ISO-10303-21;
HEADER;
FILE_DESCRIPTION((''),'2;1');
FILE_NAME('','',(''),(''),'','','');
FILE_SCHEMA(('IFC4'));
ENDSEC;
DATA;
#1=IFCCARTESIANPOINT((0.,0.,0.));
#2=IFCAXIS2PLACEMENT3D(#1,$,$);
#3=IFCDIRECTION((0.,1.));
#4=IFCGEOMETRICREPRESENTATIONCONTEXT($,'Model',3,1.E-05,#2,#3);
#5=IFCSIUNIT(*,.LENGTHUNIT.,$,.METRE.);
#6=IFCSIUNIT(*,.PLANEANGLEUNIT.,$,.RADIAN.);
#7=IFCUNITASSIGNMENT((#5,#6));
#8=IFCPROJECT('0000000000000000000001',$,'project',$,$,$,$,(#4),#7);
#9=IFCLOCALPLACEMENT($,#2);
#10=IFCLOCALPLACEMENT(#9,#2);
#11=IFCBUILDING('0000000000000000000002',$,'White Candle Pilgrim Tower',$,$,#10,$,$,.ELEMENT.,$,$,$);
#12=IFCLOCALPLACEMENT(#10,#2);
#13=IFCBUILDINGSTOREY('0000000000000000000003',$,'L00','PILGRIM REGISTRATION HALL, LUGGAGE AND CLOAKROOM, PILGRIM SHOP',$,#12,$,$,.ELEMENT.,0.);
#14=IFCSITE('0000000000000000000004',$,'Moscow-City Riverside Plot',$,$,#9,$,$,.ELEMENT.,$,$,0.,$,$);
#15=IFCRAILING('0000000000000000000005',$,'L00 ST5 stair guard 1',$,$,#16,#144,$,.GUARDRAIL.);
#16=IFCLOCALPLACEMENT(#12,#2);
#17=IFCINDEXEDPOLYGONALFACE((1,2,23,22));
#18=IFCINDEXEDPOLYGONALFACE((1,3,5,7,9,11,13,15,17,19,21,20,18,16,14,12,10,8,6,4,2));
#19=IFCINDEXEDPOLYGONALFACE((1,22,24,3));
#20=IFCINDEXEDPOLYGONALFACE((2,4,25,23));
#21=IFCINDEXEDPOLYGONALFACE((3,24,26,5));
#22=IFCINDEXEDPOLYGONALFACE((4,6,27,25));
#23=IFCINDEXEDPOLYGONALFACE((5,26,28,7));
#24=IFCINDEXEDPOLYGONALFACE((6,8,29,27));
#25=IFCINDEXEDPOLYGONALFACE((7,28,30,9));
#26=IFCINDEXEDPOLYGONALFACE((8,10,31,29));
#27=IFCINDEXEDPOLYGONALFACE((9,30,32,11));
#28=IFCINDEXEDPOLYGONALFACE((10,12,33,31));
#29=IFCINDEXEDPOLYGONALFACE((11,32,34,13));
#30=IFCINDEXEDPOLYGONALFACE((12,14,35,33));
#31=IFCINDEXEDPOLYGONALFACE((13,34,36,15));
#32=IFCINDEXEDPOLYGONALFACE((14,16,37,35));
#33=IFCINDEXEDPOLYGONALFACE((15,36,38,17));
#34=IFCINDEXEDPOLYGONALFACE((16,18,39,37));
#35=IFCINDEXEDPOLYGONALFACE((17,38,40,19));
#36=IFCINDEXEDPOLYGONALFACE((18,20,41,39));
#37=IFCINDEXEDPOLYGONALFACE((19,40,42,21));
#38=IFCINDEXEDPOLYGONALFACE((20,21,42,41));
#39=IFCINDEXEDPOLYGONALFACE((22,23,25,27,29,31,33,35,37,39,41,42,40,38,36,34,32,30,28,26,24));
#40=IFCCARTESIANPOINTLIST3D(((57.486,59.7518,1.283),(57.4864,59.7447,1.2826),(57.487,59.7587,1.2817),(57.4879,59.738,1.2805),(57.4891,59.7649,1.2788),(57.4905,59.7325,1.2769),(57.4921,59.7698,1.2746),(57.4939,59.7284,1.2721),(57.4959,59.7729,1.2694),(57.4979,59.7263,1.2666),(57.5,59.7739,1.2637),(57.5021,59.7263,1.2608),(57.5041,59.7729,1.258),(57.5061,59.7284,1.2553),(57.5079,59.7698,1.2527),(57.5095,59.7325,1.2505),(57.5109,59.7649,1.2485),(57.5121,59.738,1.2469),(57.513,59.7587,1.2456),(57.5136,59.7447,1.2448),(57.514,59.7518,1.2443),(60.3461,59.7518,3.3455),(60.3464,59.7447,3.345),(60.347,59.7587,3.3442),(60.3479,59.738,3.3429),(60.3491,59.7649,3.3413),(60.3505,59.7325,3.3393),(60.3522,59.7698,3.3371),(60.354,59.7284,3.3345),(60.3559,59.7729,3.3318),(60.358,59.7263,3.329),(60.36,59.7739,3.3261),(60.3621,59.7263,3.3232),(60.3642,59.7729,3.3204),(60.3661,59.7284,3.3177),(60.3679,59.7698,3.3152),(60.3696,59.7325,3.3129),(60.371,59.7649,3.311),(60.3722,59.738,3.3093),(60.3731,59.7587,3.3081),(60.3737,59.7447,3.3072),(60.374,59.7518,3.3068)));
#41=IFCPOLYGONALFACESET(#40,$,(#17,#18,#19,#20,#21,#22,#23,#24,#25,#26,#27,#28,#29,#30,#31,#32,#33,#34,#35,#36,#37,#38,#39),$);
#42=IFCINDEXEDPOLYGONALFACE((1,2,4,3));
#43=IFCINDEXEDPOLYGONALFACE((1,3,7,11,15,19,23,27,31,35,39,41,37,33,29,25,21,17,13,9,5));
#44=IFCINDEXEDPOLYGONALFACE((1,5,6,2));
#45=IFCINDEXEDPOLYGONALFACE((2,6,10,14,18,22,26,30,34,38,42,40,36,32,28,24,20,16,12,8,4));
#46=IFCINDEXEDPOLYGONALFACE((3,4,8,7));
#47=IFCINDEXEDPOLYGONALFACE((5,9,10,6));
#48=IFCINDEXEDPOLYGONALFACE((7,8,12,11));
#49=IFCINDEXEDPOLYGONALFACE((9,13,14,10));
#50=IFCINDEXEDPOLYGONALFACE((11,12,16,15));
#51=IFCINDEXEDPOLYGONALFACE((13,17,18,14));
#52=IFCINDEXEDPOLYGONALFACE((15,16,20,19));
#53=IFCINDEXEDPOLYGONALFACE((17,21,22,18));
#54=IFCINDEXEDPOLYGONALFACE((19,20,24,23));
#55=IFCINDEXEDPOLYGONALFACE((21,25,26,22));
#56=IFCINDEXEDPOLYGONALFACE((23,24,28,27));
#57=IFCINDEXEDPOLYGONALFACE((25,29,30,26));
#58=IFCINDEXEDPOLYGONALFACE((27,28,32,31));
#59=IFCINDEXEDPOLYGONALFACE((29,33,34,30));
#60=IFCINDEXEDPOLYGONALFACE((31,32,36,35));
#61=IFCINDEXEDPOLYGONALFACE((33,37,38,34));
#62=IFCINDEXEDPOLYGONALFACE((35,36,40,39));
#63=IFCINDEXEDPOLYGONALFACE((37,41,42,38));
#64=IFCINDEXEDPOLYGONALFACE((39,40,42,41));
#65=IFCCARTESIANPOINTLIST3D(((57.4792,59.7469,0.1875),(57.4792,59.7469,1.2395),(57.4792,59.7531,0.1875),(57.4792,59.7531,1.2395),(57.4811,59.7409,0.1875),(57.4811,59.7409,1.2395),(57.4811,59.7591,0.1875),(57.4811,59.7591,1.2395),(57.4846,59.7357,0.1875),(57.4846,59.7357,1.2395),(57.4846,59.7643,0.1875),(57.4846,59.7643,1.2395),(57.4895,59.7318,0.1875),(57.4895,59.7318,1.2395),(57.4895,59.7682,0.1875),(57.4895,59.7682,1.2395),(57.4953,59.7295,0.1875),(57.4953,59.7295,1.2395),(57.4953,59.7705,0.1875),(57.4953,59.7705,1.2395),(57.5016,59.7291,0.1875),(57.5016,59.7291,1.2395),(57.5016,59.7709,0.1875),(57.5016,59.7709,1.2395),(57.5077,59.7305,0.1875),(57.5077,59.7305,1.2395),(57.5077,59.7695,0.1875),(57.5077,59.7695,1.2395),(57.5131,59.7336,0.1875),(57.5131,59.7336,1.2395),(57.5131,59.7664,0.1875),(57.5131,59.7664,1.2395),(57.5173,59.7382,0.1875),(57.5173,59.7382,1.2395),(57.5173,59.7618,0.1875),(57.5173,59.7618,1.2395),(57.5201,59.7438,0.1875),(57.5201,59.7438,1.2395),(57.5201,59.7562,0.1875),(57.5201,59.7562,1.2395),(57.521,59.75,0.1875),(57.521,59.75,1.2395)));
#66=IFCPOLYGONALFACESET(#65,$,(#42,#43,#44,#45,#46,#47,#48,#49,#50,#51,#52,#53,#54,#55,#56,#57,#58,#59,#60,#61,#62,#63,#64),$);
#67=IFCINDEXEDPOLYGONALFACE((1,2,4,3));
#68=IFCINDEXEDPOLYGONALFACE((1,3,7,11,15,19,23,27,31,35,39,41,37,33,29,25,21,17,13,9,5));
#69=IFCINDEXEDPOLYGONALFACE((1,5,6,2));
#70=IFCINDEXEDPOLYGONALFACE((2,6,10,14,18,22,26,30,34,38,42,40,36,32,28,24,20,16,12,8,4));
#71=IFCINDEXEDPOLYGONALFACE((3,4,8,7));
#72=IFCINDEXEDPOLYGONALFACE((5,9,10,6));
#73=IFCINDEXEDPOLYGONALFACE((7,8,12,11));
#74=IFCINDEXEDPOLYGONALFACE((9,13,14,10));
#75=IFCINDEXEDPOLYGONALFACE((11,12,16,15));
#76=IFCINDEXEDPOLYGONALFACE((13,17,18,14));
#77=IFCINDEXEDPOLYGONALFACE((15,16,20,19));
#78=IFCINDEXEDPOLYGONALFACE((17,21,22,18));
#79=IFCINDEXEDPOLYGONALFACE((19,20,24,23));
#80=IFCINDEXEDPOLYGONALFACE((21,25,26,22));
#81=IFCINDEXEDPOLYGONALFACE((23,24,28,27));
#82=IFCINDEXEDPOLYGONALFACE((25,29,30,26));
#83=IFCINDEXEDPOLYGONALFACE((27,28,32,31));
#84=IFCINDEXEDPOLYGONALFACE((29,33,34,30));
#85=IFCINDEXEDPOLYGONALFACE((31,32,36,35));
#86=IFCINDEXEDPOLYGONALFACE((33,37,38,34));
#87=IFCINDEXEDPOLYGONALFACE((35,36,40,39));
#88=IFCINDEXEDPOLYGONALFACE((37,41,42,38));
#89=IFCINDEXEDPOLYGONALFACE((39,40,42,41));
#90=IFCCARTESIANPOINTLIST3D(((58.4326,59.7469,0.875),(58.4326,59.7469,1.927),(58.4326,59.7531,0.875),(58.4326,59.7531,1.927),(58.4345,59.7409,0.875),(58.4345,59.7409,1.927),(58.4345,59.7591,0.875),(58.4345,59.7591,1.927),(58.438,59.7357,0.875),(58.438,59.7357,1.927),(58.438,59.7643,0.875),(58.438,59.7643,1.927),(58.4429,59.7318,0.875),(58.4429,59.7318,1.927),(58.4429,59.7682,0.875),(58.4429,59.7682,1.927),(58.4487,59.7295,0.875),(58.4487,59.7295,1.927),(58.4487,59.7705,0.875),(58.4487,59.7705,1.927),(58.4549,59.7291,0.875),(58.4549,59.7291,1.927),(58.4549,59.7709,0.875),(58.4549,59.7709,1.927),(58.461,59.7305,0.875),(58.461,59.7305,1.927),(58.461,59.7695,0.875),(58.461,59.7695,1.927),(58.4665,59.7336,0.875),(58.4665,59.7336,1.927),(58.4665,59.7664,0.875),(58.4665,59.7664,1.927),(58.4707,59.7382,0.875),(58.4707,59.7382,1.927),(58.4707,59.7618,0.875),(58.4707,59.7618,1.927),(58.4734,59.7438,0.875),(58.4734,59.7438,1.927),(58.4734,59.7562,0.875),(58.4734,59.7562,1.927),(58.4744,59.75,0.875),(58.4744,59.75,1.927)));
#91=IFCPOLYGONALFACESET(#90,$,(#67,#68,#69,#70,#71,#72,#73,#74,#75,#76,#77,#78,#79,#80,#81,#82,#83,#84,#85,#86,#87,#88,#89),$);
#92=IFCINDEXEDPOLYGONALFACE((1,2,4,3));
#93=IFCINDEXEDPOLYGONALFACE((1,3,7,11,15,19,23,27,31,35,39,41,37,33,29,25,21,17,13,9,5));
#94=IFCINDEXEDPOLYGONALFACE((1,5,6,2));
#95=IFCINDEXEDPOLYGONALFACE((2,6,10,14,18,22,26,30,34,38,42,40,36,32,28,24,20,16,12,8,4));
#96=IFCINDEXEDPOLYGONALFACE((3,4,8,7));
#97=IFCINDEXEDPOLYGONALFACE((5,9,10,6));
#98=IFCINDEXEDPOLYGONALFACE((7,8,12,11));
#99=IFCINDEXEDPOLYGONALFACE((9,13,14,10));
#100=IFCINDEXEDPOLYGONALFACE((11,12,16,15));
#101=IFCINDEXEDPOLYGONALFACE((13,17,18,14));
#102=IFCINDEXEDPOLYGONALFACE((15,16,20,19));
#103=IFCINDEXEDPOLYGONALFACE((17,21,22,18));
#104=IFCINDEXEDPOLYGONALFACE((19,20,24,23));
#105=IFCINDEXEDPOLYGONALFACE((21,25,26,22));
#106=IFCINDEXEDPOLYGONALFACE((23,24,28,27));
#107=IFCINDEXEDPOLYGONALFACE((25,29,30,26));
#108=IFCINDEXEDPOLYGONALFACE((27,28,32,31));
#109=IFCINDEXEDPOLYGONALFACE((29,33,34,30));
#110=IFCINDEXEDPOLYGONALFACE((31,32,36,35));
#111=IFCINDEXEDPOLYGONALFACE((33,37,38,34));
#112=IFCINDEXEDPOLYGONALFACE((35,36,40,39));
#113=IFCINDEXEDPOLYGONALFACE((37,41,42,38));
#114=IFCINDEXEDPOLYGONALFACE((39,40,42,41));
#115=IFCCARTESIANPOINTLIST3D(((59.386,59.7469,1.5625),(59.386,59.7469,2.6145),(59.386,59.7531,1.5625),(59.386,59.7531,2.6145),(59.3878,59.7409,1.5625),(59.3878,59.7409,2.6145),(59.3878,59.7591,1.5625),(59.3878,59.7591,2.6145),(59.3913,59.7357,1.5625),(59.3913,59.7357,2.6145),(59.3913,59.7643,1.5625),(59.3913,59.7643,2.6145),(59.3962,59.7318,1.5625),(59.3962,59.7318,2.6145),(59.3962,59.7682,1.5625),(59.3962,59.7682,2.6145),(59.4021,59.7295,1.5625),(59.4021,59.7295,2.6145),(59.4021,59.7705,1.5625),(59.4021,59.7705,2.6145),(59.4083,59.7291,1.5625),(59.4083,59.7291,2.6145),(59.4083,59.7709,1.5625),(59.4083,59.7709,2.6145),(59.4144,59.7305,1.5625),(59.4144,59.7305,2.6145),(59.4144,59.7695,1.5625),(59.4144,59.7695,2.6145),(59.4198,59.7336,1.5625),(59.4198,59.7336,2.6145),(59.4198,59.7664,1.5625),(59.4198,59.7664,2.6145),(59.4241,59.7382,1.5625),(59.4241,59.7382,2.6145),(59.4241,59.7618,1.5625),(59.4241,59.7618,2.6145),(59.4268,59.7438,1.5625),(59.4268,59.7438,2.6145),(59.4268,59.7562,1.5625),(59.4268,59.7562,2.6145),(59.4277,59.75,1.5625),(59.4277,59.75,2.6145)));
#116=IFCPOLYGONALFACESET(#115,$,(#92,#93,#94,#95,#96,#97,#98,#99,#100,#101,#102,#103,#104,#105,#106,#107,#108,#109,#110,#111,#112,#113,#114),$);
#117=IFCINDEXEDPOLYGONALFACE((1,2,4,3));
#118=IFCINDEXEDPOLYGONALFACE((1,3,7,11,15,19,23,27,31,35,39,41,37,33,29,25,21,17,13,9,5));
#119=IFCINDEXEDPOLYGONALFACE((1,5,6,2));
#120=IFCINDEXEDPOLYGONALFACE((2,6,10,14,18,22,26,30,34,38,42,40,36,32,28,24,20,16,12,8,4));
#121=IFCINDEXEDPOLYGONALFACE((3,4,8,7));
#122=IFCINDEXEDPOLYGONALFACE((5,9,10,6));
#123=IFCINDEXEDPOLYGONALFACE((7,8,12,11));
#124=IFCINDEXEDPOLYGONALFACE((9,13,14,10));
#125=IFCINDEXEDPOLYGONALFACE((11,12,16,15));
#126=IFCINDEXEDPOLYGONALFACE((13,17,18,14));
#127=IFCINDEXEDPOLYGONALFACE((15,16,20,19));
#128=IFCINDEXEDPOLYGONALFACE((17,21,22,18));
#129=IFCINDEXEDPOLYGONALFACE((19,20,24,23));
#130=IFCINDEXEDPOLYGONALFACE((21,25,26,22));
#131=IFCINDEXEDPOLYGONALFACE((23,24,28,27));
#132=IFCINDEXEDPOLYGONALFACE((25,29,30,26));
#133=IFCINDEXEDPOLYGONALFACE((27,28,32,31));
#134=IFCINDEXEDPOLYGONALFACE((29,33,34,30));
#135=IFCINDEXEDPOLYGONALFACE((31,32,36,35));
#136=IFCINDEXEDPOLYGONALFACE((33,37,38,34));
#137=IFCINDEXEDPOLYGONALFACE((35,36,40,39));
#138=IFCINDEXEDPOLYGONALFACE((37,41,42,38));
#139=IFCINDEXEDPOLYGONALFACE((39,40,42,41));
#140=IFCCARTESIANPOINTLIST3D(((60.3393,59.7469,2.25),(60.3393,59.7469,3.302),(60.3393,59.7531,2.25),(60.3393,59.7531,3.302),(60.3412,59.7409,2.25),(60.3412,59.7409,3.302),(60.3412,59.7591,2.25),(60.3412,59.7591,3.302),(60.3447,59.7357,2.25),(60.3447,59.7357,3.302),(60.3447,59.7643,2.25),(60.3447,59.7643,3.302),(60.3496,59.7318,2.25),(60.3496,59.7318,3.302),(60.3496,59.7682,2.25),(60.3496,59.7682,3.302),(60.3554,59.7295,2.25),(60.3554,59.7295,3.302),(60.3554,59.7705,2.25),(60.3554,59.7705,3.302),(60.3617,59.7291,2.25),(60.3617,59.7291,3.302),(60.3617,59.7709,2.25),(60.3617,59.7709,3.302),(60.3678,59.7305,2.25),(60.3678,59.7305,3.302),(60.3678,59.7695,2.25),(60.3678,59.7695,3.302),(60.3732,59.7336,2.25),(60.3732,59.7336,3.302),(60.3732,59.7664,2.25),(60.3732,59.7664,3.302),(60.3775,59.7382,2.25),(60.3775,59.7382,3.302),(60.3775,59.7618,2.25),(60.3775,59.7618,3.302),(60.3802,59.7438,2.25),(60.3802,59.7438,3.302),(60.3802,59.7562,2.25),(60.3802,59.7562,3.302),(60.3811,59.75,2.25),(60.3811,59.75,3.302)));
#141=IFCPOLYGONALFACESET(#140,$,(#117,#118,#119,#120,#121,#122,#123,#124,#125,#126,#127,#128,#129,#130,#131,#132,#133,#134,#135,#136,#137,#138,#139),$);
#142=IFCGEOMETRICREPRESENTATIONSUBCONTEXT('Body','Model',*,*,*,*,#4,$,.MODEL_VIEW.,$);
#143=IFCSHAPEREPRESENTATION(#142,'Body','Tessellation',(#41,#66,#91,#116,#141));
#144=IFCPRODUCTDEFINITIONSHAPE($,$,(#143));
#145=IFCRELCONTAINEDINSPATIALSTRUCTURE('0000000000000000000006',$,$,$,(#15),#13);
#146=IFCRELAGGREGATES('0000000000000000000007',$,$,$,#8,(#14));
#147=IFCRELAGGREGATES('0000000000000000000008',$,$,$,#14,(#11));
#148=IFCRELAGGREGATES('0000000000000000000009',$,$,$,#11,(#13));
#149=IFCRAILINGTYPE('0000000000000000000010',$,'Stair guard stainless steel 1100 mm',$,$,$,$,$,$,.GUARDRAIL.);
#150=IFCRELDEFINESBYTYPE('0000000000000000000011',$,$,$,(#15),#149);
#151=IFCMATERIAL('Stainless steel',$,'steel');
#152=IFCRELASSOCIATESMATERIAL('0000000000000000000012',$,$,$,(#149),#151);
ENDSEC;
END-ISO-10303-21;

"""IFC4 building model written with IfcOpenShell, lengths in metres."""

from ifc_helpers import new_model, si_unit, direction, frame, origin, origin_2d, place, context, subcontext, project, spatial, circle, extrude, material, type_object, element, save


model = new_model("IFC4")

# Units and contexts
model_context = context("Model", 3, precision=1e-05, world=origin(), true_north=direction((0.0, 1.0)))
body_context = subcontext(model_context, "Body", "Model", "MODEL_VIEW")
ifc_project = project(units=[si_unit("LENGTHUNIT", "METRE"), si_unit("PLANEANGLEUNIT", "RADIAN")], contexts=[model_context])

# Site, building, storey
site_placement = place(None, origin())
site = spatial("IfcSite", under=ifc_project, at=site_placement, Name="Moscow-City Riverside Plot", CompositionType="ELEMENT", RefElevation=0.0)
building_placement = place(site_placement, origin())
building = spatial("IfcBuilding", under=site, at=building_placement, Name="White Candle Pilgrim Tower", CompositionType="ELEMENT")
storey_placement = place(building_placement, origin())
storey = spatial("IfcBuildingStorey", under=building, at=storey_placement, Name="L00", Description="PILGRIM REGISTRATION HALL, LUGGAGE AND CLOAKROOM, PILGRIM SHOP", CompositionType="ELEMENT", Elevation=0.0)

# Railing
ifc_material_1 = material(Name="Stainless steel", Category="steel")
railing_type_1 = type_object("IfcRailingType", Name="Stair guard stainless steel 1100 mm", PredefinedType="GUARDRAIL", material=ifc_material_1)
railing_1_placement = place(storey_placement, frame((57.5, 59.75, 0.1875)))
element("IfcRailing", 1, at=railing_1_placement, inside=storey, type_object=railing_type_1, Name="L00 ST5 stair guard 1", PredefinedType="GUARDRAIL", context=body_context, shape_type="SweptSolid", body=[
    extrude(circle(Radius=0.0239, at=origin_2d()), frame((0.0, 0.0, 1.0762), z_axis=(0.811101, 0.0, 0.584906), x_axis=(0.0, 1.0, 0.0)), (0.0, 0.0, 1.0), 3.5261),
    extrude(circle(Radius=0.021, at=origin_2d()), origin(), (0.0, 0.0, 1.0), 1.052),
    extrude(circle(Radius=0.021, at=origin_2d()), frame((0.9534, 0.0, 0.6875)), (0.0, 0.0, 1.0), 1.052),
    extrude(circle(Radius=0.021, at=origin_2d()), frame((1.9067, 0.0, 1.375)), (0.0, 0.0, 1.0), 1.052),
    extrude(circle(Radius=0.021, at=origin_2d()), frame((2.8601, 0.0, 2.0625)), (0.0, 0.0, 1.0), 1.052),
])

save(model, "model.ifc")
